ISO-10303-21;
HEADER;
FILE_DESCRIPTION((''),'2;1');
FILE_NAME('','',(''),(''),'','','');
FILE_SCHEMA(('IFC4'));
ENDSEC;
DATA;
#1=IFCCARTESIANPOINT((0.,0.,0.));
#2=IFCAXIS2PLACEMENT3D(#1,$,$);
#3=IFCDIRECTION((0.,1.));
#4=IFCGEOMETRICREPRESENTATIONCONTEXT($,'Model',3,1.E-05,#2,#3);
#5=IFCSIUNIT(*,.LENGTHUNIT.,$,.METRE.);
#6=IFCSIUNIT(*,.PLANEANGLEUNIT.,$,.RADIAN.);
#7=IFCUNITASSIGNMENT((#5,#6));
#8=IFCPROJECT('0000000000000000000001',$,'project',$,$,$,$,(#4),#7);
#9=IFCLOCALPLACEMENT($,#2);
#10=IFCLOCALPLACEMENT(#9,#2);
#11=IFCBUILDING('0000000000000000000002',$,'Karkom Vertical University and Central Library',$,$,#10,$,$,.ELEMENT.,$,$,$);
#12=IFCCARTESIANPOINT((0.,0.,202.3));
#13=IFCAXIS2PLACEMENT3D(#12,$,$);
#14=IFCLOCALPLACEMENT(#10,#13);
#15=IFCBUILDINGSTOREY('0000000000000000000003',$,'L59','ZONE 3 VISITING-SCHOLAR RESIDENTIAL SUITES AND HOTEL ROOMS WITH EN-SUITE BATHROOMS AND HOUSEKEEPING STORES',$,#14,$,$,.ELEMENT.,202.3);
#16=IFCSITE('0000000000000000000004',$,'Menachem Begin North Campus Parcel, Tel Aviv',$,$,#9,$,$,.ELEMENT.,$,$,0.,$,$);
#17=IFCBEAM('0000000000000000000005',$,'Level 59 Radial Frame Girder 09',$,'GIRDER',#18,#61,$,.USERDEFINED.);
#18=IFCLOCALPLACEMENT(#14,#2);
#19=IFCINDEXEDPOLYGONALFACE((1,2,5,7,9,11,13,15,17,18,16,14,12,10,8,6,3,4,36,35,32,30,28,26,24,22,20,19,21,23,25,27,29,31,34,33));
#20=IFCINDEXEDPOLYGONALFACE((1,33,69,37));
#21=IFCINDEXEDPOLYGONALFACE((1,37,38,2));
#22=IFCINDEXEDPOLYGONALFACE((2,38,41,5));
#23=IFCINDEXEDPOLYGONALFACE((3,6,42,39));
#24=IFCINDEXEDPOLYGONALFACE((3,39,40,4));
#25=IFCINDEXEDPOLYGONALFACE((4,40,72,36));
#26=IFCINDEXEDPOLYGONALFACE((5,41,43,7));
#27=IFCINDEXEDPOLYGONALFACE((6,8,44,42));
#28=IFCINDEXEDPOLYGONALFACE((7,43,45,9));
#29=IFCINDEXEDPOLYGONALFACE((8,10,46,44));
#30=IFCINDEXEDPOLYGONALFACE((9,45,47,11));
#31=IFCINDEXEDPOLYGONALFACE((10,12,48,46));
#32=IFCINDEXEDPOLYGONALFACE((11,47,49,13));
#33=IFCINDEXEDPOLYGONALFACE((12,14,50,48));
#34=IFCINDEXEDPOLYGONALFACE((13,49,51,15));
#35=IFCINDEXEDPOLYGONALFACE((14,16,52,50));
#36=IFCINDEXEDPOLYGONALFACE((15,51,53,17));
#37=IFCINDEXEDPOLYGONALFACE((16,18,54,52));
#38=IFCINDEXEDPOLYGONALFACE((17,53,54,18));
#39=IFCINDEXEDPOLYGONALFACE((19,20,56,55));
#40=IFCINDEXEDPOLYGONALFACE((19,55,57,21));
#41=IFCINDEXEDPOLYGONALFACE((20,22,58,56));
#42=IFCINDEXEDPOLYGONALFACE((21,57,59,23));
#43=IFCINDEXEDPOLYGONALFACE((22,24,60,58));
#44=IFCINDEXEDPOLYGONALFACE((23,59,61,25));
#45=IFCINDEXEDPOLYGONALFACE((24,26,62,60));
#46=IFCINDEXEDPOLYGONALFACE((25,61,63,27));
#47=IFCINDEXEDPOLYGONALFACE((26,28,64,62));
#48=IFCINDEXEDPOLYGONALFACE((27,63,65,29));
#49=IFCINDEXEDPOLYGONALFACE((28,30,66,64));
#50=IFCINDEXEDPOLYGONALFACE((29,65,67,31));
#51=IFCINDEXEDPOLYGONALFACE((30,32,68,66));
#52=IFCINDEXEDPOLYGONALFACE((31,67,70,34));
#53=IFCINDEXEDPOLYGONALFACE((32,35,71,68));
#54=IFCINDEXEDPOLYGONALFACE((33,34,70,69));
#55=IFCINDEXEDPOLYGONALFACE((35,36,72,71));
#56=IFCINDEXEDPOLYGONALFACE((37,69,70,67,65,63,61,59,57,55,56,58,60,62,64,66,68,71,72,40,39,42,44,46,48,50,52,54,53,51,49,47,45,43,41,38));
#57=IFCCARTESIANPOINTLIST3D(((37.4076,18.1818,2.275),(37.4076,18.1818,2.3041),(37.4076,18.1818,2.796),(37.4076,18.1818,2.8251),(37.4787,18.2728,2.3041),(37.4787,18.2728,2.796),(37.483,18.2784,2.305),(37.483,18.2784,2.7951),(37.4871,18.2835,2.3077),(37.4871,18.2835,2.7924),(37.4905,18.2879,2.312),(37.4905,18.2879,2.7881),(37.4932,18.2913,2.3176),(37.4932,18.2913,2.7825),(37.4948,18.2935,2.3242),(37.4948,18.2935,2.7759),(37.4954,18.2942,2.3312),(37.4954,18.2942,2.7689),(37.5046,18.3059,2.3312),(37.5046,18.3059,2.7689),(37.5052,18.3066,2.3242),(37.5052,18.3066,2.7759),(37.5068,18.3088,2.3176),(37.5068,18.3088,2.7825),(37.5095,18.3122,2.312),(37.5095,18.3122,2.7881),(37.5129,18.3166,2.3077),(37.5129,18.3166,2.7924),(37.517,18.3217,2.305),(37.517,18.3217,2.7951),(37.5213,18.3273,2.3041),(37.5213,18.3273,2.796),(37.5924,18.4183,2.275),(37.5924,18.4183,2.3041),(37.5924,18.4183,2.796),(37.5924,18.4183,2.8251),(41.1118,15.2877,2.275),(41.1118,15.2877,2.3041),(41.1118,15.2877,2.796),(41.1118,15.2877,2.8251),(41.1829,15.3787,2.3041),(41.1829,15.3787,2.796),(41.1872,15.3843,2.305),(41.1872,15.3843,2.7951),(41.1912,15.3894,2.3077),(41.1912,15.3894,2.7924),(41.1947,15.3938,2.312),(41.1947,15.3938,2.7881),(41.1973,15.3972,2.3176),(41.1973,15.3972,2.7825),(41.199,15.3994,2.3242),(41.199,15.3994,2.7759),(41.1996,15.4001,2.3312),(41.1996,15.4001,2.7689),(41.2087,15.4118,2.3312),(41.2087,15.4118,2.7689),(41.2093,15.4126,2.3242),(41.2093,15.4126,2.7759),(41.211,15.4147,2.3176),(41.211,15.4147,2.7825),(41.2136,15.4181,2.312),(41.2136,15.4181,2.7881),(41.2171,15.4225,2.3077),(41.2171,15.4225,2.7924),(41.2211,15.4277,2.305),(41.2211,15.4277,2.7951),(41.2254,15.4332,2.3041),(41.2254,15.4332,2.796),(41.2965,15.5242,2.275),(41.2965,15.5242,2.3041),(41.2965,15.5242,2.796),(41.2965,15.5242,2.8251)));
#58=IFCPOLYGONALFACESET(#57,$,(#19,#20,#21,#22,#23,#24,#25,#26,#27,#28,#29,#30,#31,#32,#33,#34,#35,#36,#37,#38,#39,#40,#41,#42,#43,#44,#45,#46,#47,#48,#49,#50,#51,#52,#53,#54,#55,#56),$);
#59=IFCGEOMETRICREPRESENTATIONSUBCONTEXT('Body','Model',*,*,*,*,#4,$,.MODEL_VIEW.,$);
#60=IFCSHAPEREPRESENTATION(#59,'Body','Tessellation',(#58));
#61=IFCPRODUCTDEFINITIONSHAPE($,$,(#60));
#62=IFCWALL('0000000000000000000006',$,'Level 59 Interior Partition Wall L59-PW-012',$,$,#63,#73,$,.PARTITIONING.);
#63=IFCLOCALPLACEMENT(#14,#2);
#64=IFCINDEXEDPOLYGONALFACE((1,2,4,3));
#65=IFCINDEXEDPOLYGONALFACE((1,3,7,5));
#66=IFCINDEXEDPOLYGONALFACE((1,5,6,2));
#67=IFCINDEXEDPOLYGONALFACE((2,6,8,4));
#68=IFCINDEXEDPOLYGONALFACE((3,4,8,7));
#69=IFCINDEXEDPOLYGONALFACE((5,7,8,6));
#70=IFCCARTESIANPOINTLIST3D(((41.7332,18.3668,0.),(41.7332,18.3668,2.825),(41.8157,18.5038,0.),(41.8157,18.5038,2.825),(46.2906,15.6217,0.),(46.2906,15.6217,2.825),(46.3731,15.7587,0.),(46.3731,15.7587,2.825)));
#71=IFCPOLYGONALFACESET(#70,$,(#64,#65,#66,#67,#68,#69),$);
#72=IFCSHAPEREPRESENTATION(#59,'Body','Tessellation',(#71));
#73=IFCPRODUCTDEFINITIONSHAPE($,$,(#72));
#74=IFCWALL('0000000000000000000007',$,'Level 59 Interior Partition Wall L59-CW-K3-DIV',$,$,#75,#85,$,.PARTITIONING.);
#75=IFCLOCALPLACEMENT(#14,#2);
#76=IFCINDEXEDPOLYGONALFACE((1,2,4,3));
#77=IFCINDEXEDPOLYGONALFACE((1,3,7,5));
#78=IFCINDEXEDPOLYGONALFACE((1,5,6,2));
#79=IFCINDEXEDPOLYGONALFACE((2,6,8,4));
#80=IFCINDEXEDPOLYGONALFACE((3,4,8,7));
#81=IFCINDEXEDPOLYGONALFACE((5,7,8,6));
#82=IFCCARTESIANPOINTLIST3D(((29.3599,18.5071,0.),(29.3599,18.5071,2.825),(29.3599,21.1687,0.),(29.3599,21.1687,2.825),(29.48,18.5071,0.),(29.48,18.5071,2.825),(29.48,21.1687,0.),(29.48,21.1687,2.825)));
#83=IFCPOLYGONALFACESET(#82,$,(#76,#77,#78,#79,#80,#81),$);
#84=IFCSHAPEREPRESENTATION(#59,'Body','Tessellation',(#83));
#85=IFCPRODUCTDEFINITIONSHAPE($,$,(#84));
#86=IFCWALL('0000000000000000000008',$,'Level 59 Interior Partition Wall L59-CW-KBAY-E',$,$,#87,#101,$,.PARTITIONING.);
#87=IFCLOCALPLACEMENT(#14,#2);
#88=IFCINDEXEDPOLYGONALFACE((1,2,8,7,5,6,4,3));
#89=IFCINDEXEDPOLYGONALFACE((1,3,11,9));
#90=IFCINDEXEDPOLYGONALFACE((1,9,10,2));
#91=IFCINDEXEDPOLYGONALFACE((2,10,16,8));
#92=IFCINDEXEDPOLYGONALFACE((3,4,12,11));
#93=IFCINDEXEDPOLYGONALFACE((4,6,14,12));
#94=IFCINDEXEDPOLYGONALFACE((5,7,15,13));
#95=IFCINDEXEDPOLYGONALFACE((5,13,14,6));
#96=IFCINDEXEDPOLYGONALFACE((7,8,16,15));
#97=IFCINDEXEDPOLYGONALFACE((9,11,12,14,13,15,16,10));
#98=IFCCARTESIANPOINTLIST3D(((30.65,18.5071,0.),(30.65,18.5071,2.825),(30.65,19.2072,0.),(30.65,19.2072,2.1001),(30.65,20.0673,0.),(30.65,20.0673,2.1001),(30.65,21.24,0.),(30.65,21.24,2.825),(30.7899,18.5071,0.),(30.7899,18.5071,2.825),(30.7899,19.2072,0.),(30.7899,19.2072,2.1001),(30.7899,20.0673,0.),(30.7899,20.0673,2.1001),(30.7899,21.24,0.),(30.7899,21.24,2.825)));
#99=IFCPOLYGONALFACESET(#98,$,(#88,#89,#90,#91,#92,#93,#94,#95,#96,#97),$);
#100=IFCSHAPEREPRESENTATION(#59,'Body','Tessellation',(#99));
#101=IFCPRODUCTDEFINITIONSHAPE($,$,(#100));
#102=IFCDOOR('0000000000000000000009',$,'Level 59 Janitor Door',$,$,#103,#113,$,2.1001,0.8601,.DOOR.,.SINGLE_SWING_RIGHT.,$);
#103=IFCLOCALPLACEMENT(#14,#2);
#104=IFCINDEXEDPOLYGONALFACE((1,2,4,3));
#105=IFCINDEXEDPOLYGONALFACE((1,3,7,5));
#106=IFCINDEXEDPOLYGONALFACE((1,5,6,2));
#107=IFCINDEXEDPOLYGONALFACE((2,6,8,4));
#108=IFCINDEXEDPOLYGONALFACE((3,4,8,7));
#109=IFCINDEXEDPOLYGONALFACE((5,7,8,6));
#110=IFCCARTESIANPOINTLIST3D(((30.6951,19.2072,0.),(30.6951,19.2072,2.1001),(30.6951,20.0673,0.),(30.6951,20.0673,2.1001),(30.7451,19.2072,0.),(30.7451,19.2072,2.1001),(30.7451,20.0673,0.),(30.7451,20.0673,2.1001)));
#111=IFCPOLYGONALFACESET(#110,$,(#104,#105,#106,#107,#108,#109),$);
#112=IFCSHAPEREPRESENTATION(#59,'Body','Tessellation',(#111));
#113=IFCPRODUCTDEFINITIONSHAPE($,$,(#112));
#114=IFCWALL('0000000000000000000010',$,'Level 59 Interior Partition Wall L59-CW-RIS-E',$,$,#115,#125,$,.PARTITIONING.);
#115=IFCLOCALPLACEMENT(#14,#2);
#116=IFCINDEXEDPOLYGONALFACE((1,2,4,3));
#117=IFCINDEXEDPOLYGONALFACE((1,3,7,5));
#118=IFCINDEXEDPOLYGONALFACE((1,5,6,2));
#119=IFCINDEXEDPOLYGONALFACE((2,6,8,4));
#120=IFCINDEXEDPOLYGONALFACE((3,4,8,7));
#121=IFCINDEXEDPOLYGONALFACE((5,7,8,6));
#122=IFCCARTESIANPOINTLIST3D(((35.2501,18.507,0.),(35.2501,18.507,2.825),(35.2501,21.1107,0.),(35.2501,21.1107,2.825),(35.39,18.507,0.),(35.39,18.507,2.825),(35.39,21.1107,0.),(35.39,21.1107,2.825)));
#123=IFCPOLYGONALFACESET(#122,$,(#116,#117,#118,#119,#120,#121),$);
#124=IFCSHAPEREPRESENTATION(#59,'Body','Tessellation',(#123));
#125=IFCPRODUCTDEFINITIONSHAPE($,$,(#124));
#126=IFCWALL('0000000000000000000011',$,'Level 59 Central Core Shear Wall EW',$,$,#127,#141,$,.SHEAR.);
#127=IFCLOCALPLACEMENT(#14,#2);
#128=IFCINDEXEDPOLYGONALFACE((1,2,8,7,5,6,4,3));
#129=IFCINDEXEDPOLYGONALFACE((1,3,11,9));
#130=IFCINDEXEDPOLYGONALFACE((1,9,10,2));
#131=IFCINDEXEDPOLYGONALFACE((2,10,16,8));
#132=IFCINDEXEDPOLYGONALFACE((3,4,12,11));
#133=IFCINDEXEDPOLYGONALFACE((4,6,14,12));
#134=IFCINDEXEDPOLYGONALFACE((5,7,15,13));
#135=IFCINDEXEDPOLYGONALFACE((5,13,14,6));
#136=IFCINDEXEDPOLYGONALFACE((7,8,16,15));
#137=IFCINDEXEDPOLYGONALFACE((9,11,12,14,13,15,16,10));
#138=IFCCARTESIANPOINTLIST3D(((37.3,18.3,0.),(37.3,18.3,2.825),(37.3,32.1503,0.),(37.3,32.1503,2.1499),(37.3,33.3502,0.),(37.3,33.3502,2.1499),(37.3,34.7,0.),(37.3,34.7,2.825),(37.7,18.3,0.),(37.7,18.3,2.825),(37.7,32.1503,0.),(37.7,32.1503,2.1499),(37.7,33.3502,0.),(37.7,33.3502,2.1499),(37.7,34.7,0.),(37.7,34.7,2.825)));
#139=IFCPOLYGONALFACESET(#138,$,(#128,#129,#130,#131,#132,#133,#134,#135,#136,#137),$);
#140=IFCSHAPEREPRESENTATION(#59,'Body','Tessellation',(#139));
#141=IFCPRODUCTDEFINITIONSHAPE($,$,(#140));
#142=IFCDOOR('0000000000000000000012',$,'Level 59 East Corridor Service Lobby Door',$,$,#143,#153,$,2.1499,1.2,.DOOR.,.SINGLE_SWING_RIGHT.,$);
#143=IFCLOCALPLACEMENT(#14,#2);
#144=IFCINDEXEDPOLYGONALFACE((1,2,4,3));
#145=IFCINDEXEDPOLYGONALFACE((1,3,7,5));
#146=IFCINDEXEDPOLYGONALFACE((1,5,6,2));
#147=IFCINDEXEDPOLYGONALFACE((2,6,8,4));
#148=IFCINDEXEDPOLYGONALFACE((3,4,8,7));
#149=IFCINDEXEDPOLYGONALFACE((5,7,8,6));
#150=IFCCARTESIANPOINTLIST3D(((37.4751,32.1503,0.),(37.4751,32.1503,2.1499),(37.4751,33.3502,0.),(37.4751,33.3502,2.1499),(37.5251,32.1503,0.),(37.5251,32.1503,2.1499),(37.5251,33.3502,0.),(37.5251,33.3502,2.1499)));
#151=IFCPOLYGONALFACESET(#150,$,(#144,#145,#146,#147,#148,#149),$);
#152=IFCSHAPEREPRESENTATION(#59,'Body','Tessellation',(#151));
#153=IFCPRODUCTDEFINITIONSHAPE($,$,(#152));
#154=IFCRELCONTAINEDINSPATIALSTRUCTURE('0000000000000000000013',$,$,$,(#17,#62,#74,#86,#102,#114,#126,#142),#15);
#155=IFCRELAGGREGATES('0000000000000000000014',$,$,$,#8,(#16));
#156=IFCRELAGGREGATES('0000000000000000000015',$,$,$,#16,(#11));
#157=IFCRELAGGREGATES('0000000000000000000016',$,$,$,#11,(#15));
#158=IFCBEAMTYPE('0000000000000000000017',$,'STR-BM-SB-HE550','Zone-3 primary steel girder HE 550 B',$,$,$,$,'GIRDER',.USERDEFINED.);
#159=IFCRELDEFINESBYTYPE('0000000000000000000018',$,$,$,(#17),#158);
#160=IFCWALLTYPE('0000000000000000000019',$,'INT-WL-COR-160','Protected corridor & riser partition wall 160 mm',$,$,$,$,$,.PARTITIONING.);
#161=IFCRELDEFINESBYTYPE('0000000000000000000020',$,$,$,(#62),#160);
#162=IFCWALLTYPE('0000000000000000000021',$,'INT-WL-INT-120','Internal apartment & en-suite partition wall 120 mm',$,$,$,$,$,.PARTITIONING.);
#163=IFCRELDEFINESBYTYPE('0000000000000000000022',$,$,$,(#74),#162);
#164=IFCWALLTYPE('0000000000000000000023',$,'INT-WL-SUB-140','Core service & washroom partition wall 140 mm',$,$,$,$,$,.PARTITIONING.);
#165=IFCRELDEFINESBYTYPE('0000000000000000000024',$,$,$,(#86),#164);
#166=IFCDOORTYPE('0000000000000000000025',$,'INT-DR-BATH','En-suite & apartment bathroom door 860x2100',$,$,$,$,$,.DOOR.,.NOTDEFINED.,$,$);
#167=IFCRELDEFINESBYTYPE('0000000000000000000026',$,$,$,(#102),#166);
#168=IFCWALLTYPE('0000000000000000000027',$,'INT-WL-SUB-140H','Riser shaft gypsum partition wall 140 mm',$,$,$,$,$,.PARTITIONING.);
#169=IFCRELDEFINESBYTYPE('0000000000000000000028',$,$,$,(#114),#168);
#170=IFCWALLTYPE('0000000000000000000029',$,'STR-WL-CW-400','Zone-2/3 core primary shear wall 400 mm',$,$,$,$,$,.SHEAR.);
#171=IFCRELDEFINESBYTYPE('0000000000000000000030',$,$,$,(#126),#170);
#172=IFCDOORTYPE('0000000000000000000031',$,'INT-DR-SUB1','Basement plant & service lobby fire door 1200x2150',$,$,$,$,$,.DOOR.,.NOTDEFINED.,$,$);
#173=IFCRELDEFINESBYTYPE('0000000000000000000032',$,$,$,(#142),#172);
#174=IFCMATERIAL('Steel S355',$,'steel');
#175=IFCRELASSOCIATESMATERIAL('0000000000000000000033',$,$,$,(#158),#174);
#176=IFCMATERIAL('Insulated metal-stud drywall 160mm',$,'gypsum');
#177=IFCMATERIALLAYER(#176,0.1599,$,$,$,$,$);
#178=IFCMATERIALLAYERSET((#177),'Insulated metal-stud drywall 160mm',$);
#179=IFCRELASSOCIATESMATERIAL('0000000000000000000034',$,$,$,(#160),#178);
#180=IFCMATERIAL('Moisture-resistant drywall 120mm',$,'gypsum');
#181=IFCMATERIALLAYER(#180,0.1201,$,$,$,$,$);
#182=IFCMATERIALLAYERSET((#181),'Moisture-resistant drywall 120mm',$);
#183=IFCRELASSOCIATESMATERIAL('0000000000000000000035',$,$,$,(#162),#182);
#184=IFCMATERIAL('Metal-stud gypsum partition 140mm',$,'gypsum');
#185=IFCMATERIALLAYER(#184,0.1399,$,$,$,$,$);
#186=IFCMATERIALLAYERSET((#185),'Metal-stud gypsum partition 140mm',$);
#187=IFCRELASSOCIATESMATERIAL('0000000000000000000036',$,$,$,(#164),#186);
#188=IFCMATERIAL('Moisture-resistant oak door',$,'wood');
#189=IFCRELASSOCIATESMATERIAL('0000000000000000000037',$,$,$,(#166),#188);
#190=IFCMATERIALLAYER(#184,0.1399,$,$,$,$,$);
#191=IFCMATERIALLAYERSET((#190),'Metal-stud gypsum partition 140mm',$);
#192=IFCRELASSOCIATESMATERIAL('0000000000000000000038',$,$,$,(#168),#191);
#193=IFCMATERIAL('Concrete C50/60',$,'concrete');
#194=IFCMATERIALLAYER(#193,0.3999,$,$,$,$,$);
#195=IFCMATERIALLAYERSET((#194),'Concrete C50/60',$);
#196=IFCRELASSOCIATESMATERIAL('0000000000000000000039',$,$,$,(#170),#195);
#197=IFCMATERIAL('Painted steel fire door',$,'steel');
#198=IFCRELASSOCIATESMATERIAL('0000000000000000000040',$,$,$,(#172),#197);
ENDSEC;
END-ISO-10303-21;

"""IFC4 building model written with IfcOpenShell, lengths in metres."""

from ifc_helpers import new_model, si_unit, direction, frame, frame_2d, origin, origin_with_axes, origin_2d, place, context, subcontext, project, spatial, rectangle, i_section, extrude, source, transform, mapped, material, layer, layer_set, material_profile, profile_set, type_object, element, fill, save


model = new_model("IFC4")

# Units and contexts
model_context = context("Model", 3, precision=1e-05, world=origin(), true_north=direction((0.0, 1.0)))
body_context = subcontext(model_context, "Body", "Model", "MODEL_VIEW")
ifc_project = project(units=[si_unit("LENGTHUNIT", "METRE"), si_unit("PLANEANGLEUNIT", "RADIAN")], contexts=[model_context])

# Site, building, storey
site_placement = place(None, origin())
site = spatial("IfcSite", under=ifc_project, at=site_placement, Name="Menachem Begin North Campus Parcel, Tel Aviv", CompositionType="ELEMENT", RefElevation=0.0)
building_placement = place(site_placement, origin())
building = spatial("IfcBuilding", under=site, at=building_placement, Name="Karkom Vertical University and Central Library", CompositionType="ELEMENT")
storey_placement = place(building_placement, frame((0.0, 0.0, 202.3)))
storey = spatial("IfcBuildingStorey", under=building, at=storey_placement, Name="L59", Description="ZONE 3 VISITING-SCHOLAR RESIDENTIAL SUITES AND HOTEL ROOMS WITH EN-SUITE BATHROOMS AND HOUSEKEEPING STORES", CompositionType="ELEMENT", Elevation=202.3)

# Shared definitions
ifc_material_1 = material(Name="Concrete C50/60", Category="concrete")

# Beam
ifc_material_2 = material(Name="Steel S355", Category="steel")
ifc_material_profile_1 = material_profile(ifc_material_2, i_section(OverallWidth=0.3, OverallDepth=0.55, WebThickness=0.0149, FlangeThickness=0.0291, FilletRadius=0.0271, at=origin_2d()), Name="HE 550 B")
ifc_profile_set_1 = profile_set([ifc_material_profile_1], Name="Steel S355")
beam_type_1 = type_object("IfcBeamType", Name="STR-BM-SB-HE550", Description="Zone-3 primary steel girder HE 550 B", ElementType="GIRDER", PredefinedType="USERDEFINED", material=ifc_profile_set_1)
shared_shape_1 = source(origin_with_axes(), body_context, "Body", "SweptSolid", [
    extrude(i_section(OverallWidth=0.3, OverallDepth=0.55, WebThickness=0.0149, FlangeThickness=0.0291, FilletRadius=0.0271, at=origin_2d()), origin(), (0.0, 0.0, 1.0), 4.7007),
])
beam_1_placement = place(storey_placement, frame((37.5, 18.3, 2.55), z_axis=(0.788002, -0.615672, 0.0), x_axis=(0.615672, 0.788002, 0.0)))
element("IfcBeam", 1, at=beam_1_placement, inside=storey, type_object=beam_type_1, Name="Level 59 Radial Frame Girder 09", ObjectType="GIRDER", PredefinedType="USERDEFINED", context=body_context, shape_type="MappedRepresentation", body=[
    mapped(shared_shape_1, transform((0.0, 0.0, 0.0), scale=1.0)),
])

# Walls
ifc_material_3 = material(Name="Insulated metal-stud drywall 160mm", Category="gypsum")
ifc_layer_1 = layer(ifc_material_3, 0.1599)
ifc_layer_set_1 = layer_set([ifc_layer_1], Name="Insulated metal-stud drywall 160mm")
wall_type_1 = type_object("IfcWallType", Name="INT-WL-COR-160", Description="Protected corridor & riser partition wall 160 mm", PredefinedType="PARTITIONING", material=ifc_layer_set_1)
wall_1_placement = place(storey_placement, frame((41.7744, 18.4353, 0.0), z_axis=(0.0, 0.0, 1.0), x_axis=(0.856605, -0.515973, 0.0)))
element("IfcWall", 2, at=wall_1_placement, inside=storey, type_object=wall_type_1, Name="Level 59 Interior Partition Wall L59-PW-012", PredefinedType="PARTITIONING", context=body_context, shape_type="SweptSolid", body=[
    extrude(rectangle(XDim=5.3203, YDim=0.1599, at=frame_2d((2.6602, 0.0))), origin(), (0.0, 0.0, 1.0), 2.825),
])
ifc_material_4 = material(Name="Moisture-resistant drywall 120mm", Category="gypsum")
ifc_layer_2 = layer(ifc_material_4, 0.1201)
ifc_layer_set_2 = layer_set([ifc_layer_2], Name="Moisture-resistant drywall 120mm")
wall_type_2 = type_object("IfcWallType", Name="INT-WL-INT-120", Description="Internal apartment & en-suite partition wall 120 mm", PredefinedType="PARTITIONING", material=ifc_layer_set_2)
wall_2_placement = place(storey_placement, frame((29.4199, 18.5071, 0.0), z_axis=(0.0, 0.0, 1.0), x_axis=(0.0, 1.0, 0.0)))
element("IfcWall", 3, at=wall_2_placement, inside=storey, type_object=wall_type_2, Name="Level 59 Interior Partition Wall L59-CW-K3-DIV", PredefinedType="PARTITIONING", context=body_context, shape_type="SweptSolid", body=[
    extrude(rectangle(XDim=2.6616, YDim=0.1201, at=frame_2d((1.3308, 0.0))), origin(), (0.0, 0.0, 1.0), 2.825),
])

# Wall, opening, door
ifc_material_5 = material(Name="Metal-stud gypsum partition 140mm", Category="gypsum")
ifc_layer_3 = layer(ifc_material_5, 0.1399)
ifc_layer_set_3 = layer_set([ifc_layer_3], Name="Metal-stud gypsum partition 140mm")
wall_type_3 = type_object("IfcWallType", Name="INT-WL-SUB-140", Description="Core service & washroom partition wall 140 mm", PredefinedType="PARTITIONING", material=ifc_layer_set_3)
wall_3_placement = place(storey_placement, frame((30.72, 18.5071, 0.0), z_axis=(0.0, 0.0, 1.0), x_axis=(0.0, 1.0, 0.0)))
wall_3 = element("IfcWall", 4, at=wall_3_placement, inside=storey, type_object=wall_type_3, Name="Level 59 Interior Partition Wall L59-CW-KBAY-E", PredefinedType="PARTITIONING", context=body_context, shape_type="SweptSolid", body=[
    extrude(rectangle(XDim=2.7329, YDim=0.1399, at=frame_2d((1.3665, 0.0))), origin(), (0.0, 0.0, 1.0), 2.825),
])
opening_1_placement = place(wall_3_placement, frame((0.7, 0.0, 0.0)))
opening_1 = element("IfcOpeningElement", 5, at=opening_1_placement, cuts=wall_3, PredefinedType="OPENING", context=body_context, shape_type="SweptSolid", body=[
    extrude(rectangle(XDim=0.8601, YDim=2.1001, at=frame_2d((0.4302, 1.05))), frame((0.0, 0.0801, 0.0), z_axis=(0.0, -1.0, 0.0), x_axis=(1.0, 0.0, 0.0)), (0.0, 0.0, 1.0), 0.1599),
])
ifc_material_6 = material(Name="Moisture-resistant oak door", Category="wood")
door_type_1 = type_object("IfcDoorType", Name="INT-DR-BATH", Description="En-suite & apartment bathroom door 860x2100", OperationType="NOTDEFINED", PredefinedType="DOOR", material=ifc_material_6)
shared_shape_2 = source(origin_with_axes(), body_context, "Body", "SweptSolid", [
    extrude(rectangle(XDim=0.8601, YDim=2.1001, at=frame_2d((0.4302, 1.05))), frame((0.0, 0.0249, 0.0), z_axis=(0.0, -1.0, 0.0), x_axis=(1.0, 0.0, 0.0)), (0.0, 0.0, 1.0), 0.05),
])
door_1_placement = place(opening_1_placement, origin())
door_1 = element("IfcDoor", 6, at=door_1_placement, inside=storey, type_object=door_type_1, Name="Level 59 Janitor Door", OperationType="SINGLE_SWING_RIGHT", OverallHeight=2.1001, OverallWidth=0.8601, PredefinedType="DOOR", context=body_context, shape_type="MappedRepresentation", body=[
    mapped(shared_shape_2, transform((0.0, 0.0, 0.0), scale=1.0)),
])
fill(opening_1, door_1)

# Wall
ifc_layer_4 = layer(ifc_material_5, 0.1399)
ifc_layer_set_4 = layer_set([ifc_layer_4], Name="Metal-stud gypsum partition 140mm")
wall_type_4 = type_object("IfcWallType", Name="INT-WL-SUB-140H", Description="Riser shaft gypsum partition wall 140 mm", PredefinedType="PARTITIONING", material=ifc_layer_set_4)
wall_4_placement = place(storey_placement, frame((35.3201, 18.5071, 0.0), z_axis=(0.0, 0.0, 1.0), x_axis=(0.0, 1.0, 0.0)))
element("IfcWall", 7, at=wall_4_placement, inside=storey, type_object=wall_type_4, Name="Level 59 Interior Partition Wall L59-CW-RIS-E", PredefinedType="PARTITIONING", context=body_context, shape_type="SweptSolid", body=[
    extrude(rectangle(XDim=2.6038, YDim=0.1399, at=frame_2d((1.3018, 0.0))), origin(), (0.0, 0.0, 1.0), 2.825),
])

# Wall, opening, door
ifc_layer_5 = layer(ifc_material_1, 0.3999)
ifc_layer_set_5 = layer_set([ifc_layer_5], Name="Concrete C50/60")
wall_type_5 = type_object("IfcWallType", Name="STR-WL-CW-400", Description="Zone-2/3 core primary shear wall 400 mm", PredefinedType="SHEAR", material=ifc_layer_set_5)
wall_5_placement = place(storey_placement, frame((37.5, 18.3, 0.0), z_axis=(0.0, 0.0, 1.0), x_axis=(0.0, 1.0, 0.0)))
wall_5 = element("IfcWall", 8, at=wall_5_placement, inside=storey, type_object=wall_type_5, Name="Level 59 Central Core Shear Wall EW", PredefinedType="SHEAR", context=body_context, shape_type="SweptSolid", body=[
    extrude(rectangle(XDim=16.3999, YDim=0.3999, at=frame_2d((8.2, 0.0))), origin(), (0.0, 0.0, 1.0), 2.825),
])
opening_2_placement = place(wall_5_placement, frame((13.8501, 0.0, 0.0)))
opening_2 = element("IfcOpeningElement", 9, at=opening_2_placement, cuts=wall_5, PredefinedType="OPENING", context=body_context, shape_type="SweptSolid", body=[
    extrude(rectangle(XDim=1.2, YDim=2.1499, at=frame_2d((0.6001, 1.075))), frame((0.0, 0.21, 0.0), z_axis=(0.0, -1.0, 0.0), x_axis=(1.0, 0.0, 0.0)), (0.0, 0.0, 1.0), 0.4199),
])
ifc_material_7 = material(Name="Painted steel fire door", Category="steel")
door_type_2 = type_object("IfcDoorType", Name="INT-DR-SUB1", Description="Basement plant & service lobby fire door 1200x2150", OperationType="NOTDEFINED", PredefinedType="DOOR", material=ifc_material_7)
shared_shape_3 = source(origin_with_axes(), body_context, "Body", "SweptSolid", [
    extrude(rectangle(XDim=1.2, YDim=2.1499, at=frame_2d((0.6001, 1.075))), frame((0.0, 0.0249, 0.0), z_axis=(0.0, -1.0, 0.0), x_axis=(1.0, 0.0, 0.0)), (0.0, 0.0, 1.0), 0.05),
])
door_2_placement = place(opening_2_placement, origin())
door_2 = element("IfcDoor", 10, at=door_2_placement, inside=storey, type_object=door_type_2, Name="Level 59 East Corridor Service Lobby Door", OperationType="SINGLE_SWING_RIGHT", OverallHeight=2.1499, OverallWidth=1.2, PredefinedType="DOOR", context=body_context, shape_type="MappedRepresentation", body=[
    mapped(shared_shape_3, transform((0.0, 0.0, 0.0), scale=1.0)),
])
fill(opening_2, door_2)

save(model, "model.ifc")
